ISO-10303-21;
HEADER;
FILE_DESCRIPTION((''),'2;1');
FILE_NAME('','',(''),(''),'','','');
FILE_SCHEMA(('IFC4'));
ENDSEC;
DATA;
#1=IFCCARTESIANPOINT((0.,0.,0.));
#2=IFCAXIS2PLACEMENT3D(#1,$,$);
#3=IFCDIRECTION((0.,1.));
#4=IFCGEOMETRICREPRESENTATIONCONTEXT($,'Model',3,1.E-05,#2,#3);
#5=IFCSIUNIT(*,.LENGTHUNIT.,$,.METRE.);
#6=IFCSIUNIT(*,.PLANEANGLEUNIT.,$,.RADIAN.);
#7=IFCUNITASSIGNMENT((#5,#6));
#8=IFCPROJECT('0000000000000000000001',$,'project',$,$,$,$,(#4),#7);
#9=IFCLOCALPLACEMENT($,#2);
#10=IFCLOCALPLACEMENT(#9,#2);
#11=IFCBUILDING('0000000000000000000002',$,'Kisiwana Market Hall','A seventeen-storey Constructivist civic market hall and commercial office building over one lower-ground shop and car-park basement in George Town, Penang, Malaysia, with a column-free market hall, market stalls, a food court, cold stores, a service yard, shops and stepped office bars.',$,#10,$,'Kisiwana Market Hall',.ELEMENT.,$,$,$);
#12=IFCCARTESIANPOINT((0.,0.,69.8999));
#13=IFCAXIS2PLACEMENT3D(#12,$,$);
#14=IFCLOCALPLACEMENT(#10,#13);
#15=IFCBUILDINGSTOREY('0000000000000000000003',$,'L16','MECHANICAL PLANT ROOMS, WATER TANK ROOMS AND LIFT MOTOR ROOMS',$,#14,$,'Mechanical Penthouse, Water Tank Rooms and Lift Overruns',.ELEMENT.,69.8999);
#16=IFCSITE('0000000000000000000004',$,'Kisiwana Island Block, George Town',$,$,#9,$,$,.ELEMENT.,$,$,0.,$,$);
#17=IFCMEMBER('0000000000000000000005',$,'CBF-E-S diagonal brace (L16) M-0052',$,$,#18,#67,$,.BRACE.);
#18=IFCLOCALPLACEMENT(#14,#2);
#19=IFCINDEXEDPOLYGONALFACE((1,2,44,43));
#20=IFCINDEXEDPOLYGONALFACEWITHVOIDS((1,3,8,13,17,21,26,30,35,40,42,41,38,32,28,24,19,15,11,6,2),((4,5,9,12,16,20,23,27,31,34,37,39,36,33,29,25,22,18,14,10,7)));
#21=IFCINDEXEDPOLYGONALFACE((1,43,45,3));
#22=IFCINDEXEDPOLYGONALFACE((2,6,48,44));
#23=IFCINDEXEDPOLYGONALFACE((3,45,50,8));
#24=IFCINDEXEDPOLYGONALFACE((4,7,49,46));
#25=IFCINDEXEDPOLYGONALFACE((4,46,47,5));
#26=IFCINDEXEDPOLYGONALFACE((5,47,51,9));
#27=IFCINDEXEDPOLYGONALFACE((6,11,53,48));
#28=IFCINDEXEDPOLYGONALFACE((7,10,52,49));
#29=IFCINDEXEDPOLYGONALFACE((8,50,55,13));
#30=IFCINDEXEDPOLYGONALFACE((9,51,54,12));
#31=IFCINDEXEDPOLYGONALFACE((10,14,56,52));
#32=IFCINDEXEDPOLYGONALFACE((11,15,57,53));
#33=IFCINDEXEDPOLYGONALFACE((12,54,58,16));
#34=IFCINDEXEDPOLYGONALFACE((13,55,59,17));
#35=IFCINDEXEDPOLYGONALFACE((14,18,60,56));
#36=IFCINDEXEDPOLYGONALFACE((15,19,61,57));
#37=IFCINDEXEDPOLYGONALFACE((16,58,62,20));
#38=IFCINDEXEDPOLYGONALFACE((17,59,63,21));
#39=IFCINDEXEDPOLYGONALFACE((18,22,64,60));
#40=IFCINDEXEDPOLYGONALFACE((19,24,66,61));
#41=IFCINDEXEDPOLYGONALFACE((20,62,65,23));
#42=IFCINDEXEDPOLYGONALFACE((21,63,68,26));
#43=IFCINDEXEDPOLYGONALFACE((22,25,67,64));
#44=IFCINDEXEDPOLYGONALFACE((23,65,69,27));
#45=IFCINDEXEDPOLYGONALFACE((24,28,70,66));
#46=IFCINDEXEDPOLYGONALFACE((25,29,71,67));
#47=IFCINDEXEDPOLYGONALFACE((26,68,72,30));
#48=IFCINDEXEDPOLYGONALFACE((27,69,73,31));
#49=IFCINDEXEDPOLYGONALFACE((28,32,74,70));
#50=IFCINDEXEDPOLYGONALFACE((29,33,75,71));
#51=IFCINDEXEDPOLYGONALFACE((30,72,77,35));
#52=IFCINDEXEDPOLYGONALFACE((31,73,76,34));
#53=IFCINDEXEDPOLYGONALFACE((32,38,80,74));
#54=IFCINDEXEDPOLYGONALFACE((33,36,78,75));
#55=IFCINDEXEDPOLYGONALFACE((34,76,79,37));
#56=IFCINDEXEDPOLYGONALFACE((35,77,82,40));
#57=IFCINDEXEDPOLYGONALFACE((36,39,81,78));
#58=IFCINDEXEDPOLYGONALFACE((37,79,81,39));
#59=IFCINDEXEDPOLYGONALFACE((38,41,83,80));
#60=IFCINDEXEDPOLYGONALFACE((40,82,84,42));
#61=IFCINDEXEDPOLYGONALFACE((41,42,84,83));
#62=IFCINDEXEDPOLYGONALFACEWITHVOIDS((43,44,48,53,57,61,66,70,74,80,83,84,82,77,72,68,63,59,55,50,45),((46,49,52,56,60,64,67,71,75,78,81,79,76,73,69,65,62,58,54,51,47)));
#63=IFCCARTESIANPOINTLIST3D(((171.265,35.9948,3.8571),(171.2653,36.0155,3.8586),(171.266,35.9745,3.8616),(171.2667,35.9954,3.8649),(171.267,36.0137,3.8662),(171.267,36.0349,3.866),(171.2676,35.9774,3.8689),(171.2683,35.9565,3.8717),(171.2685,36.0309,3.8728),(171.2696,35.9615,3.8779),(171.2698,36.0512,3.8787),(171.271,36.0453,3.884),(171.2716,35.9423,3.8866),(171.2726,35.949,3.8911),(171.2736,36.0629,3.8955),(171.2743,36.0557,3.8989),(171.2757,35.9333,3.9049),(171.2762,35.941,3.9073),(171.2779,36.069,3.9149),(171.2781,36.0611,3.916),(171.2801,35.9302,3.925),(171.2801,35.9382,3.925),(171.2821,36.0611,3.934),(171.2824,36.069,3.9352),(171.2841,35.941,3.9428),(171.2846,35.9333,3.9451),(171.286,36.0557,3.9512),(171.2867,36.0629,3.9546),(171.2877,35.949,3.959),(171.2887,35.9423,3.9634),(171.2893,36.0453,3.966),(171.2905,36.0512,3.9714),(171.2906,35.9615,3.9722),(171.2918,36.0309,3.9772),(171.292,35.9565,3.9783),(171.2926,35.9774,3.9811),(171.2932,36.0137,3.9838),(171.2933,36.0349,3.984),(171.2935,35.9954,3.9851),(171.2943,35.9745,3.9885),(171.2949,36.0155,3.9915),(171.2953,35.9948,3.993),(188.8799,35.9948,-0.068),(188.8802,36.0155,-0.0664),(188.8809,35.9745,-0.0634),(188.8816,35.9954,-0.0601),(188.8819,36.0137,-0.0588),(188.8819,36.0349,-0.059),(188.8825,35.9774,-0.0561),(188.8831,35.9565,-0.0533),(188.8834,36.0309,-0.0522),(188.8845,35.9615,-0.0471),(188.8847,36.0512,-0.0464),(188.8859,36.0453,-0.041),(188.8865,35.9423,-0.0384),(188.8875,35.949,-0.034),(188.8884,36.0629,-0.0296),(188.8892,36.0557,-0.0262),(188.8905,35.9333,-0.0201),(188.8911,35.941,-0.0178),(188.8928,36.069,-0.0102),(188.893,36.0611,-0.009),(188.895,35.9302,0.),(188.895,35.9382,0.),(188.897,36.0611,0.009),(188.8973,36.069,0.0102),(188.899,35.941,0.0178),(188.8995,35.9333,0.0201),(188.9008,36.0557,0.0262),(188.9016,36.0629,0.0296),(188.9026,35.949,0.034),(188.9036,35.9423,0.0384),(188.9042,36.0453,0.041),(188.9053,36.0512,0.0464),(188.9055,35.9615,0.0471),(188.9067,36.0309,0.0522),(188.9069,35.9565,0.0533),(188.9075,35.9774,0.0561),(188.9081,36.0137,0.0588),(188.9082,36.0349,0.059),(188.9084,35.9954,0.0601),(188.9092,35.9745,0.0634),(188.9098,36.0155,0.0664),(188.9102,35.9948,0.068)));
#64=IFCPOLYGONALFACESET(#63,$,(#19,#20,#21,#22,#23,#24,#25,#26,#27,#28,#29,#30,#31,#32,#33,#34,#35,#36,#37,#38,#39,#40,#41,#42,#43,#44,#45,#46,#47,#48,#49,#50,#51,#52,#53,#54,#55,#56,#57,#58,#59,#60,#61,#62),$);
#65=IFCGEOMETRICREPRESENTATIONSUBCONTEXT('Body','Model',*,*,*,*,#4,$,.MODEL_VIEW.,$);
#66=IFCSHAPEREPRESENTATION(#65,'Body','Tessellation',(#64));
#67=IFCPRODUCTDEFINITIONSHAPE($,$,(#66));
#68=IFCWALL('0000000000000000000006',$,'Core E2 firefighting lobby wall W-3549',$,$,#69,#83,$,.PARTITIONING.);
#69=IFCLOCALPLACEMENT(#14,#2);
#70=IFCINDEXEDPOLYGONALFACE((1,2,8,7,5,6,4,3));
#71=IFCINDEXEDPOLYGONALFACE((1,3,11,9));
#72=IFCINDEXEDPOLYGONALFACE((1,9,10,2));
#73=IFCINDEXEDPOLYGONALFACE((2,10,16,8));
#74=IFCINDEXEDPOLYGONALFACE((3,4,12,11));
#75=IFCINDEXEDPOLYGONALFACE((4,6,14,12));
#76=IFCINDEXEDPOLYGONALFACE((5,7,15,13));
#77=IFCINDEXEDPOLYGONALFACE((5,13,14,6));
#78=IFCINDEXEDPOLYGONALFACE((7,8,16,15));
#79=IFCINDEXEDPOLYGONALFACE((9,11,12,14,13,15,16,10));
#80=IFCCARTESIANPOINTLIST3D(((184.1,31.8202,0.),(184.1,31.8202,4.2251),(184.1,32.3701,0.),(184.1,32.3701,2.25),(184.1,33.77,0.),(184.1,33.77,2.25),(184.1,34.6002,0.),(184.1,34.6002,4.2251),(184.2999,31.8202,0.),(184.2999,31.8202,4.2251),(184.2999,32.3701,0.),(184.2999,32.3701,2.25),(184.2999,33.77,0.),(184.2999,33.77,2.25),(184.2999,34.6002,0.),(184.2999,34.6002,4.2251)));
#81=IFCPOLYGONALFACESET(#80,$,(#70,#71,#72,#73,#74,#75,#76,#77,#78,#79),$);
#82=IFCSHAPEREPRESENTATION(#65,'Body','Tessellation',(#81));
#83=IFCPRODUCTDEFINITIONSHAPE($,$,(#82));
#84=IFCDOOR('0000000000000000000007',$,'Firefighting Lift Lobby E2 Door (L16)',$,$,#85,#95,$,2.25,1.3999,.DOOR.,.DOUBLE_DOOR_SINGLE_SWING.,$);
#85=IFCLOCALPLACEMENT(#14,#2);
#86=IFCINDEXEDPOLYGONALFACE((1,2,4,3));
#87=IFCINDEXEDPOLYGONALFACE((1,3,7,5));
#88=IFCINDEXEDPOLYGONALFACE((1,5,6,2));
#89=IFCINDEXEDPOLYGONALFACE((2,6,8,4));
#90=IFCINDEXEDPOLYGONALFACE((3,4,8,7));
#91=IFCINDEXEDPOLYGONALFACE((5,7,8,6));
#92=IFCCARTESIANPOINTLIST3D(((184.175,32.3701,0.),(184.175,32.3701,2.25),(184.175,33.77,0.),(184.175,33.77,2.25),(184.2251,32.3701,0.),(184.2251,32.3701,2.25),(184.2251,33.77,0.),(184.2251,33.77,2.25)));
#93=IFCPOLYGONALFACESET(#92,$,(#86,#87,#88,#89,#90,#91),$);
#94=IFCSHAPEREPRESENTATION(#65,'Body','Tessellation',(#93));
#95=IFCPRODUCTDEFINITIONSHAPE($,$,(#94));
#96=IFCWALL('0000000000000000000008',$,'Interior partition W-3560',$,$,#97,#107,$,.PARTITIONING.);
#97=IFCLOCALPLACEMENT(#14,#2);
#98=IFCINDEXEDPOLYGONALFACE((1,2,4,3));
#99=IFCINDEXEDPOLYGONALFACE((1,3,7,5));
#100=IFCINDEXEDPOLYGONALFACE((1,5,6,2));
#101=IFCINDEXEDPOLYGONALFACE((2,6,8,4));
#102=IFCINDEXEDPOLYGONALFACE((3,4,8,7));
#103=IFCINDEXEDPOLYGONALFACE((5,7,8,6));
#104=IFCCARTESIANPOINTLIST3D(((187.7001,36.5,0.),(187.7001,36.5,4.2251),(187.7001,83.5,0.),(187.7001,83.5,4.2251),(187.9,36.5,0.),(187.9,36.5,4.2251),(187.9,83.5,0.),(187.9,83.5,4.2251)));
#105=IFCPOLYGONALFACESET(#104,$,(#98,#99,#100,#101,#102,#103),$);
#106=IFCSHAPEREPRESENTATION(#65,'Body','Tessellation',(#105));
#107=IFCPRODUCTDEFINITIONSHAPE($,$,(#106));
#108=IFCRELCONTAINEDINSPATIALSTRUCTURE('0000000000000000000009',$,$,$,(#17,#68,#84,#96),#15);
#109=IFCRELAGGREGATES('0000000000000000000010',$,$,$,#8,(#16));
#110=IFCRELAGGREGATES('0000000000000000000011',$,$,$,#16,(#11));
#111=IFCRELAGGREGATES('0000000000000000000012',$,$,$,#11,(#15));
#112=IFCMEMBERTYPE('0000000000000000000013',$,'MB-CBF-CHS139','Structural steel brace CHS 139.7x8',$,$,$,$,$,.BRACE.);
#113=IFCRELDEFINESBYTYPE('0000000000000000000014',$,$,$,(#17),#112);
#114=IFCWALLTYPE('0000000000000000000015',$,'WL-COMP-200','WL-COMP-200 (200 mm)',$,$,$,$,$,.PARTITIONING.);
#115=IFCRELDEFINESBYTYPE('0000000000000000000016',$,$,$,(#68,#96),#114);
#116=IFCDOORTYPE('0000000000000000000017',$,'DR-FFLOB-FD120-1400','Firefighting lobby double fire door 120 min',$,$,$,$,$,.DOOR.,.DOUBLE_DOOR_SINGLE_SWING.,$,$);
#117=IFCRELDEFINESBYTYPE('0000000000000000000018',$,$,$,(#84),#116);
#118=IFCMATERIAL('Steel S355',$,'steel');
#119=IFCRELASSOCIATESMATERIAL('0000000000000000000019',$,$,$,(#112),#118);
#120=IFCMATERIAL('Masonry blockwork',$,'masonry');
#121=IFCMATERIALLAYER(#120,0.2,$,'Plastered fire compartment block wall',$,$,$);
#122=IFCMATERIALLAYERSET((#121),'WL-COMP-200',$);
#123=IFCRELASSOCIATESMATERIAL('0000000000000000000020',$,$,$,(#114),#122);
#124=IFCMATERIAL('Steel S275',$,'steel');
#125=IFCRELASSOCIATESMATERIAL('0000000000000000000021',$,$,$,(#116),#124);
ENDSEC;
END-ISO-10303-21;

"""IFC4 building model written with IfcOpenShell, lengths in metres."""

from ifc_helpers import new_model, si_unit, direction, frame, frame_2d, origin, origin_2d, place, context, subcontext, project, spatial, rectangle, hollow_circle, extrude, material, layer, layer_set, material_profile, profile_set, type_object, element, fill, save


model = new_model("IFC4")

# Units and contexts
model_context = context("Model", 3, precision=1e-05, world=origin(), true_north=direction((0.0, 1.0)))
body_context = subcontext(model_context, "Body", "Model", "MODEL_VIEW")
ifc_project = project(units=[si_unit("LENGTHUNIT", "METRE"), si_unit("PLANEANGLEUNIT", "RADIAN")], contexts=[model_context])

# Site, building, storey
site_placement = place(None, origin())
site = spatial("IfcSite", under=ifc_project, at=site_placement, Name="Kisiwana Island Block, George Town", CompositionType="ELEMENT", RefElevation=0.0)
building_placement = place(site_placement, origin())
building = spatial("IfcBuilding", under=site, at=building_placement, Name="Kisiwana Market Hall", Description="A seventeen-storey Constructivist civic market hall and commercial office building over one lower-ground shop and car-park basement in George Town, Penang, Malaysia, with a column-free market hall, market stalls, a food court, cold stores, a service yard, shops and stepped office bars.", LongName="Kisiwana Market Hall", CompositionType="ELEMENT")
storey_placement = place(building_placement, frame((0.0, 0.0, 69.8999)))
storey = spatial("IfcBuildingStorey", under=building, at=storey_placement, Name="L16", Description="MECHANICAL PLANT ROOMS, WATER TANK ROOMS AND LIFT MOTOR ROOMS", LongName="Mechanical Penthouse, Water Tank Rooms and Lift Overruns", CompositionType="ELEMENT", Elevation=69.8999)

# Member
ifc_material_1 = material(Name="Steel S355", Category="steel")
ifc_material_profile_1 = material_profile(ifc_material_1, hollow_circle(Radius=0.0698, WallThickness=0.0081, at=origin_2d()), Name="CHS 139.7x8")
ifc_profile_set_1 = profile_set([ifc_material_profile_1], Name="Steel S355")
member_type = type_object("IfcMemberType", Name="MB-CBF-CHS139", Description="Structural steel brace CHS 139.7x8", PredefinedType="BRACE", material=ifc_profile_set_1)
member_placement = place(storey_placement, frame((188.895, 36.0, 0.0), z_axis=(-0.976062, 0.0, 0.21749), x_axis=(0.0, -1.0, 0.0)))
element("IfcMember", 1, at=member_placement, inside=storey, type_object=member_type, Name="CBF-E-S diagonal brace (L16) M-0052", PredefinedType="BRACE", context=body_context, shape_type="SweptSolid", body=[
    extrude(hollow_circle(Radius=0.0698, WallThickness=0.0081, at=origin_2d()), origin(), (0.0, 0.0, 1.0), 18.0469),
])

# Wall, opening, door
ifc_material_2 = material(Name="Masonry blockwork", Category="masonry")
ifc_layer_1 = layer(ifc_material_2, 0.2, Name="Plastered fire compartment block wall")
ifc_layer_set_1 = layer_set([ifc_layer_1], Name="WL-COMP-200")
wall_type_1 = type_object("IfcWallType", Name="WL-COMP-200", Description="WL-COMP-200 (200 mm)", PredefinedType="PARTITIONING", material=ifc_layer_set_1)
wall_1_placement = place(storey_placement, frame((184.2, 31.8201, 0.0), z_axis=(0.0, 0.0, 1.0), x_axis=(0.0, 1.0, 0.0)))
wall_1 = element("IfcWall", 2, at=wall_1_placement, inside=storey, type_object=wall_type_1, Name="Core E2 firefighting lobby wall W-3549", PredefinedType="PARTITIONING", context=body_context, shape_type="SweptSolid", body=[
    extrude(rectangle(XDim=2.78, YDim=0.2, at=frame_2d((1.3901, 0.0))), origin(), (0.0, 0.0, 1.0), 4.2251),
])
opening_1_placement = place(wall_1_placement, frame((0.55, 0.0, 0.0)))
opening_1 = element("IfcOpeningElement", 3, at=opening_1_placement, cuts=wall_1, PredefinedType="OPENING", context=body_context, shape_type="SweptSolid", body=[
    extrude(rectangle(XDim=1.3999, YDim=2.25, at=frame_2d((0.7, 1.125))), frame((0.0, 0.1118, 0.0), z_axis=(0.0, -1.0, 0.0), x_axis=(1.0, 0.0, 0.0)), (0.0, 0.0, 1.0), 0.2239),
])
ifc_material_3 = material(Name="Steel S275", Category="steel")
door_type_1 = type_object("IfcDoorType", Name="DR-FFLOB-FD120-1400", Description="Firefighting lobby double fire door 120 min", OperationType="DOUBLE_DOOR_SINGLE_SWING", PredefinedType="DOOR", material=ifc_material_3)
door_1_placement = place(opening_1_placement, origin())
door_1 = element("IfcDoor", 4, at=door_1_placement, inside=storey, type_object=door_type_1, Name="Firefighting Lift Lobby E2 Door (L16)", OperationType="DOUBLE_DOOR_SINGLE_SWING", OverallHeight=2.25, OverallWidth=1.3999, PredefinedType="DOOR", context=body_context, shape_type="SweptSolid", body=[
    extrude(rectangle(XDim=1.3999, YDim=2.25, at=frame_2d((0.7, 1.125))), frame((0.0, 0.0249, 0.0), z_axis=(0.0, -1.0, 0.0), x_axis=(1.0, 0.0, 0.0)), (0.0, 0.0, 1.0), 0.05),
])
fill(opening_1, door_1)

# Wall
wall_2_placement = place(storey_placement, frame((187.8, 36.5, 0.0), z_axis=(0.0, 0.0, 1.0), x_axis=(0.0, 1.0, 0.0)))
element("IfcWall", 5, at=wall_2_placement, inside=storey, type_object=wall_type_1, Name="Interior partition W-3560", PredefinedType="PARTITIONING", context=body_context, shape_type="SweptSolid", body=[
    extrude(rectangle(XDim=47.0, YDim=0.2, at=frame_2d((23.5, 0.0))), origin(), (0.0, 0.0, 1.0), 4.2251),
])

save(model, "model.ifc")
